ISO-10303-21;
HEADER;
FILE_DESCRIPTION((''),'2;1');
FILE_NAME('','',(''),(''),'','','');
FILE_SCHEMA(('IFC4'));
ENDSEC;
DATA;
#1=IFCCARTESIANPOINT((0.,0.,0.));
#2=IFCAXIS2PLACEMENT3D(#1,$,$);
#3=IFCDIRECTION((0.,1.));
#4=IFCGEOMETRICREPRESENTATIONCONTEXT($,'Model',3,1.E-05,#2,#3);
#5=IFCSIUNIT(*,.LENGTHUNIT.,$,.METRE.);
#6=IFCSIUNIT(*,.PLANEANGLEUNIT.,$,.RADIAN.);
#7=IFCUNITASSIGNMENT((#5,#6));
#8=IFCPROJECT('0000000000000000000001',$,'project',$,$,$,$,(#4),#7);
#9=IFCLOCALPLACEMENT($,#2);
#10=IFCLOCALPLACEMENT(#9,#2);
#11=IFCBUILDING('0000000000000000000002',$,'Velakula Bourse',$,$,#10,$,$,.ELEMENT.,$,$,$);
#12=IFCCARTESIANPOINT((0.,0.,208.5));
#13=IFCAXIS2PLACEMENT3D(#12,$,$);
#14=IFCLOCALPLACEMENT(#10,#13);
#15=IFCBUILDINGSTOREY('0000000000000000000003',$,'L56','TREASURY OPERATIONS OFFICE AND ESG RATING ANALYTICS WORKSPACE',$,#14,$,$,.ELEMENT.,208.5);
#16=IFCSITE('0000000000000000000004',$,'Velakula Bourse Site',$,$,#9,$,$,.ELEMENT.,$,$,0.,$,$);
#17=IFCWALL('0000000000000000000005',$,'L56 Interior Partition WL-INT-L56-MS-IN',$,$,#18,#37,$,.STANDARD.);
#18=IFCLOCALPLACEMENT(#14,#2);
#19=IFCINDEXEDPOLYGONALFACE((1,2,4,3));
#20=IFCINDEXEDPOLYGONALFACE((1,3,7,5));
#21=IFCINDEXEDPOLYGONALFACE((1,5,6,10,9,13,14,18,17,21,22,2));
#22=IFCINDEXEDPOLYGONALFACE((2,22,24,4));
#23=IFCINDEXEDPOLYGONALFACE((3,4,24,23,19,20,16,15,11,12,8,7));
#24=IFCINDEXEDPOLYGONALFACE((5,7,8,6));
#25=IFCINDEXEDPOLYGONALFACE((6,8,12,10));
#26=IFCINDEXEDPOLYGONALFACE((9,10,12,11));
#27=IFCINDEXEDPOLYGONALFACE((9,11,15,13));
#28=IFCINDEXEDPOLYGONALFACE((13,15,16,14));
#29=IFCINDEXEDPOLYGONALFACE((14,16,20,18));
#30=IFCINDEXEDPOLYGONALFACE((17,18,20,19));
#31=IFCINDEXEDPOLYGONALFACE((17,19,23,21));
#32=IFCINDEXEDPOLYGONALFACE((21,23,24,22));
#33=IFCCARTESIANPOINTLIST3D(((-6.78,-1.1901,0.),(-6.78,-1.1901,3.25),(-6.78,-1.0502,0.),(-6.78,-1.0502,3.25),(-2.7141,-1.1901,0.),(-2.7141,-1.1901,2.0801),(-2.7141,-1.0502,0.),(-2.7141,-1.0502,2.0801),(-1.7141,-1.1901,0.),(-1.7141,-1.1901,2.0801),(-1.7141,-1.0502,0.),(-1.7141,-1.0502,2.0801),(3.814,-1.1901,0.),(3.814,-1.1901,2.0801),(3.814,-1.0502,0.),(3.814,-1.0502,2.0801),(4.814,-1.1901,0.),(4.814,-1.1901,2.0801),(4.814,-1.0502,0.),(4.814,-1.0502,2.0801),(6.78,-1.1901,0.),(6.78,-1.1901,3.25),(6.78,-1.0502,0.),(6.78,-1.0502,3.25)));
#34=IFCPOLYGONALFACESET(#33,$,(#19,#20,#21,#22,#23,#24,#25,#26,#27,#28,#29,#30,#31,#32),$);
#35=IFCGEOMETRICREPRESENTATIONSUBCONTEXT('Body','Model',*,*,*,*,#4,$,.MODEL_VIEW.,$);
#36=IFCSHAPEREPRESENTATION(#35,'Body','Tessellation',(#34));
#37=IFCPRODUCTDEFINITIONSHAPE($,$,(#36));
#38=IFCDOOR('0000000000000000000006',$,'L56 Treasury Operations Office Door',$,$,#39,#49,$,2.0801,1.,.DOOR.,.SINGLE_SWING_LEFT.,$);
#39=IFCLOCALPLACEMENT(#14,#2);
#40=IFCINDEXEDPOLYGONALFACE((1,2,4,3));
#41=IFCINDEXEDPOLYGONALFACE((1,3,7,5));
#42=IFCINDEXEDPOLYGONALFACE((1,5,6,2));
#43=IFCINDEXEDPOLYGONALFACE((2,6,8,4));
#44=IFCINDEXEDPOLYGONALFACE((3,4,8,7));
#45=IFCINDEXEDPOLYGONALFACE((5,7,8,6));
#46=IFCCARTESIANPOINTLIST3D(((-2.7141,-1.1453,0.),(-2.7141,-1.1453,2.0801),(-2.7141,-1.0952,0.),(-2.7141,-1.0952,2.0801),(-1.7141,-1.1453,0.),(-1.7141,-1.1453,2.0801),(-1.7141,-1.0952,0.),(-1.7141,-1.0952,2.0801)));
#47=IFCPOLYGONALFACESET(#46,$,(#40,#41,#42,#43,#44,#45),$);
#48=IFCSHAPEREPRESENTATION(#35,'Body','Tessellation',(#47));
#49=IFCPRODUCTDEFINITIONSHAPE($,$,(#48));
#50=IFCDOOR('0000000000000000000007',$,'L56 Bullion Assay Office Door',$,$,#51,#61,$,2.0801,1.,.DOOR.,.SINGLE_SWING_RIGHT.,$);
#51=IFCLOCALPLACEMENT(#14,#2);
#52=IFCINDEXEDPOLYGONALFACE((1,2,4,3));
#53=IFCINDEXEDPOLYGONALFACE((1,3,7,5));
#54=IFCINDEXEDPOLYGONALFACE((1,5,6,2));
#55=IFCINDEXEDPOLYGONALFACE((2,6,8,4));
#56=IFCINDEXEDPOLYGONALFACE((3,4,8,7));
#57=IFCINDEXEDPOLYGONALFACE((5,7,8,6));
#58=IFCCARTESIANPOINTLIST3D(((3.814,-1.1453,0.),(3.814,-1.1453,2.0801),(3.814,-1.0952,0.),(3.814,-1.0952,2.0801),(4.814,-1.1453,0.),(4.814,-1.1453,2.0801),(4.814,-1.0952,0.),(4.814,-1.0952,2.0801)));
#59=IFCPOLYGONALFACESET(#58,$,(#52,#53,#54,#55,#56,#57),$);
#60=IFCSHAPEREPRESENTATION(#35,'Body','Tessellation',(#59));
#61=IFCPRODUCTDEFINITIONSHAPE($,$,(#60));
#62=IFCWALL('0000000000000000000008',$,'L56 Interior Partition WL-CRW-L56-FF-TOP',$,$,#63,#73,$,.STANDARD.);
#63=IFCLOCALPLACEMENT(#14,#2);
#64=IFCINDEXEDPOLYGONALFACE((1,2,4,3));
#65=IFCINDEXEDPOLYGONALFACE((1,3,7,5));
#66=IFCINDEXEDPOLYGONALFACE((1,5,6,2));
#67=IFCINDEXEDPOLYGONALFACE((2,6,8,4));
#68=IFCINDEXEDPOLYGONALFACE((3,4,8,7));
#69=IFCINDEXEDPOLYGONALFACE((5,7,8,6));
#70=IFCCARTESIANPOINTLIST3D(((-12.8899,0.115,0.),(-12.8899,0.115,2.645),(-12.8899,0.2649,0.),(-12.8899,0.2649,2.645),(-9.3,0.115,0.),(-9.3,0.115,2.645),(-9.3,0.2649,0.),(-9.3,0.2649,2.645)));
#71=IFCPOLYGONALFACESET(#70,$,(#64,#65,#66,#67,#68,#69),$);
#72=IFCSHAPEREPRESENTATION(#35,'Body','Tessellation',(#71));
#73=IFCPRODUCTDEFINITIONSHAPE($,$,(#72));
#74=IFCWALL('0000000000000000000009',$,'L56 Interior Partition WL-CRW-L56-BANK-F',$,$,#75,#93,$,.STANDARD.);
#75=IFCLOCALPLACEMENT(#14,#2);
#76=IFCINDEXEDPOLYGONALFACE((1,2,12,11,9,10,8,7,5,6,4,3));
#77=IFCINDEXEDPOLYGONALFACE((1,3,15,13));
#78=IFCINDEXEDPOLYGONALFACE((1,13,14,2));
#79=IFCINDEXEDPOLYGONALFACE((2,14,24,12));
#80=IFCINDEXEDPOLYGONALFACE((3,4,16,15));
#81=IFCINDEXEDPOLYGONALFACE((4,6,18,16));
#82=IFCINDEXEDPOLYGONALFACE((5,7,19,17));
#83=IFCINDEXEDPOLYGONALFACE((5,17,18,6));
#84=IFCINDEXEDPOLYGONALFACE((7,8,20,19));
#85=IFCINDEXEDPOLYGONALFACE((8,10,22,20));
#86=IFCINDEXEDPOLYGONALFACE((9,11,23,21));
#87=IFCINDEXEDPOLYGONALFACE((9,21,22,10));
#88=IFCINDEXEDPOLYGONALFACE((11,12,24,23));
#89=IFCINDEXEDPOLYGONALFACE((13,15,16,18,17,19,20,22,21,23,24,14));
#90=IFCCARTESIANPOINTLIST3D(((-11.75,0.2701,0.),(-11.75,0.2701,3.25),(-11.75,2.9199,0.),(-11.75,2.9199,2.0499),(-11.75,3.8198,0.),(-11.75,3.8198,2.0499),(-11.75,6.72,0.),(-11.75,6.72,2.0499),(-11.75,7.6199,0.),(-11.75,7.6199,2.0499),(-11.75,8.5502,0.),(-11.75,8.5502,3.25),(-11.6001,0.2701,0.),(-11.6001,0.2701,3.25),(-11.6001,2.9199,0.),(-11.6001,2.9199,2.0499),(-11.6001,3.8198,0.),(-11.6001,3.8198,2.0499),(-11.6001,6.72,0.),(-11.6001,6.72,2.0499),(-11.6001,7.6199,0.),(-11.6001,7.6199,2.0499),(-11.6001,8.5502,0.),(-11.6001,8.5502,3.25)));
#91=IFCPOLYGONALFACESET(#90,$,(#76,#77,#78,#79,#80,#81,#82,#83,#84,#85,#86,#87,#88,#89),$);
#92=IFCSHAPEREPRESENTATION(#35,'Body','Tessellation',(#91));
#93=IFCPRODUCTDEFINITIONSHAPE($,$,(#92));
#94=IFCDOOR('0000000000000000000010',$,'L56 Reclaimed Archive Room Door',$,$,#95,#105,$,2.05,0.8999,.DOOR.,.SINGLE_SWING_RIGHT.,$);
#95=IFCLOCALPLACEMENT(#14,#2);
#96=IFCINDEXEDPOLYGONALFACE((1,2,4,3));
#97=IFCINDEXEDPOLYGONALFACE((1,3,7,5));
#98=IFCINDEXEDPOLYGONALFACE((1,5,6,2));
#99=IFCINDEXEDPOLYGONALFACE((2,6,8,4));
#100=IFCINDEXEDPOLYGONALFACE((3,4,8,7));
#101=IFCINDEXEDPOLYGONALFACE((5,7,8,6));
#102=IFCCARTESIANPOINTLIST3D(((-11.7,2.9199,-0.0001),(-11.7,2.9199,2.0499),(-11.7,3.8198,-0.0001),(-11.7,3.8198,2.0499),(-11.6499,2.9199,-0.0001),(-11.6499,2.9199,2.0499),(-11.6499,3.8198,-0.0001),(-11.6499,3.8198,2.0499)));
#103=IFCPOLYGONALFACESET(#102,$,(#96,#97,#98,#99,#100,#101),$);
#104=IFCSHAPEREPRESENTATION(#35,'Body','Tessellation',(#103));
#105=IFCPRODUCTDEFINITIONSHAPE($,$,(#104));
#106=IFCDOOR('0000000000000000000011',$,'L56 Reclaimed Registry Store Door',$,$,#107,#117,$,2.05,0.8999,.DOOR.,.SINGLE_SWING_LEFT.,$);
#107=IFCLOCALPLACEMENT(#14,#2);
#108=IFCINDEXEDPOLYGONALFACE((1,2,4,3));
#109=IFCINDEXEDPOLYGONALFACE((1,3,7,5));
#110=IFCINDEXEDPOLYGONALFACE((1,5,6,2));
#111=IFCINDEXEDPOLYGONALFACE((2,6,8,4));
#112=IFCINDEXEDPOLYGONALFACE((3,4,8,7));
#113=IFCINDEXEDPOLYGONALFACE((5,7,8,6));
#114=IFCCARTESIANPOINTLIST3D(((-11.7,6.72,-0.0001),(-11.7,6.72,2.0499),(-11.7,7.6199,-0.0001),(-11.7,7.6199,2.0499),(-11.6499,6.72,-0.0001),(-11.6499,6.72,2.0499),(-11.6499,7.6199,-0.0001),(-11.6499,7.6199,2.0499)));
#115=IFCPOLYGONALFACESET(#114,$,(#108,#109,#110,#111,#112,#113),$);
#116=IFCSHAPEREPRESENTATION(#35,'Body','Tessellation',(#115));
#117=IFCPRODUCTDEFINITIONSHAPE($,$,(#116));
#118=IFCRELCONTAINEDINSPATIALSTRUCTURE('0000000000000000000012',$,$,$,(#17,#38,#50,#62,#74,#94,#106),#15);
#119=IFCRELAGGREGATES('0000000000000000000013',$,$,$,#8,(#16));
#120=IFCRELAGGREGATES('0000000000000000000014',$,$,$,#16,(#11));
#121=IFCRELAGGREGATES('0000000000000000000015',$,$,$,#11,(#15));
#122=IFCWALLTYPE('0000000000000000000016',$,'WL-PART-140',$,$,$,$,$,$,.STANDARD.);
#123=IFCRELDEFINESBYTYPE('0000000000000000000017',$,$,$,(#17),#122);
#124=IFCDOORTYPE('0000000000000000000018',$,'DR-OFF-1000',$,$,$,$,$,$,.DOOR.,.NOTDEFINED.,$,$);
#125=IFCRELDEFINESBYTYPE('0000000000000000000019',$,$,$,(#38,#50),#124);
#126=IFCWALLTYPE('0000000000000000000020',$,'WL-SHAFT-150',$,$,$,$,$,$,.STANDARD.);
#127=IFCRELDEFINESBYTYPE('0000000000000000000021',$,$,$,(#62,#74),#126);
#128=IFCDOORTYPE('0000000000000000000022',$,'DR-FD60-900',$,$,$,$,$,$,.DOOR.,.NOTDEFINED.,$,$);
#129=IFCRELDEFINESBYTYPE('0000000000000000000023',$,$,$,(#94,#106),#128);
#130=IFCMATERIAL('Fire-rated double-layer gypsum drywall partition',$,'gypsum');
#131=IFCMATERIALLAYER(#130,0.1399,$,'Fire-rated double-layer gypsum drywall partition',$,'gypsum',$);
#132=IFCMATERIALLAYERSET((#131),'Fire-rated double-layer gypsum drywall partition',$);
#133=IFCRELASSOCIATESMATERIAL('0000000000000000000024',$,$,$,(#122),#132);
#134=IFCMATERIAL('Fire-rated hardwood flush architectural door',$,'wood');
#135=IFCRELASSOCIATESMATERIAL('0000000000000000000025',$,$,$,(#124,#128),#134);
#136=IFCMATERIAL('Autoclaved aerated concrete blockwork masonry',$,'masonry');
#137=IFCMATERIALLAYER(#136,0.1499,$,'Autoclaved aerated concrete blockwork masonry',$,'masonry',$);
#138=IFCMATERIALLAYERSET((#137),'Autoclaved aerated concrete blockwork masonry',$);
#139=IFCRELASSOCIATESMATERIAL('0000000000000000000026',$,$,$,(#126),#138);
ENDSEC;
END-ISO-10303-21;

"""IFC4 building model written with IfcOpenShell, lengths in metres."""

from ifc_helpers import new_model, si_unit, direction, frame, frame_2d, origin, place, context, subcontext, project, spatial, rectangle, extrude, material, layer, layer_set, type_object, element, fill, save


model = new_model("IFC4")

# Units and contexts
model_context = context("Model", 3, precision=1e-05, world=origin(), true_north=direction((0.0, 1.0)))
body_context = subcontext(model_context, "Body", "Model", "MODEL_VIEW")
ifc_project = project(units=[si_unit("LENGTHUNIT", "METRE"), si_unit("PLANEANGLEUNIT", "RADIAN")], contexts=[model_context])

# Site, building, storey
site_placement = place(None, origin())
site = spatial("IfcSite", under=ifc_project, at=site_placement, Name="Velakula Bourse Site", CompositionType="ELEMENT", RefElevation=0.0)
building_placement = place(site_placement, origin())
building = spatial("IfcBuilding", under=site, at=building_placement, Name="Velakula Bourse", CompositionType="ELEMENT")
storey_placement = place(building_placement, frame((0.0, 0.0, 208.5)))
storey = spatial("IfcBuildingStorey", under=building, at=storey_placement, Name="L56", Description="TREASURY OPERATIONS OFFICE AND ESG RATING ANALYTICS WORKSPACE", CompositionType="ELEMENT", Elevation=208.5)

# Shared definitions
ifc_material_1 = material(Name="Fire-rated double-layer gypsum drywall partition", Category="gypsum")

# Shared definitions
ifc_layer_1 = layer(ifc_material_1, 0.1399, Name="Fire-rated double-layer gypsum drywall partition", Category="gypsum")
ifc_layer_set_1 = layer_set([ifc_layer_1], Name="Fire-rated double-layer gypsum drywall partition")
wall_type_1 = type_object("IfcWallType", Name="WL-PART-140", PredefinedType="STANDARD", material=ifc_layer_set_1)
ifc_material_2 = material(Name="Fire-rated hardwood flush architectural door", Category="wood")
door_type_1 = type_object("IfcDoorType", Name="DR-OFF-1000", OperationType="NOTDEFINED", PredefinedType="DOOR", material=ifc_material_2)

# Wall, openings, doors
wall_1_placement = place(storey_placement, frame((-6.78, -1.1201, 0.0), z_axis=(0.0, 0.0, 1.0), x_axis=(1.0, 0.0, 0.0)))
wall_1 = element("IfcWall", 1, at=wall_1_placement, inside=storey, type_object=wall_type_1, Name="L56 Interior Partition WL-INT-L56-MS-IN", PredefinedType="STANDARD", context=body_context, shape_type="SweptSolid", body=[
    extrude(rectangle(XDim=13.5601, YDim=0.1399, at=frame_2d((6.78, 0.0))), origin(), (0.0, 0.0, 1.0), 3.25),
])
opening_1_placement = place(wall_1_placement, frame((4.0659, 0.0, 0.0)))
opening_1 = element("IfcOpeningElement", 2, at=opening_1_placement, cuts=wall_1, PredefinedType="OPENING", context=body_context, shape_type="SweptSolid", body=[
    extrude(rectangle(XDim=1.0, YDim=2.0801, at=frame_2d((0.5, 1.04))), frame((0.0, 0.0798, 0.0), z_axis=(0.0, -1.0, 0.0), x_axis=(1.0, 0.0, 0.0)), (0.0, 0.0, 1.0), 0.1599),
])
opening_2_placement = place(wall_1_placement, frame((10.594, 0.0, 0.0)))
opening_2 = element("IfcOpeningElement", 3, at=opening_2_placement, cuts=wall_1, PredefinedType="OPENING", context=body_context, shape_type="SweptSolid", body=[
    extrude(rectangle(XDim=1.0, YDim=2.0801, at=frame_2d((0.5, 1.04))), frame((0.0, 0.0798, 0.0), z_axis=(0.0, -1.0, 0.0), x_axis=(1.0, 0.0, 0.0)), (0.0, 0.0, 1.0), 0.1599),
])
door_1_placement = place(opening_1_placement, origin())
door_1 = element("IfcDoor", 4, at=door_1_placement, inside=storey, type_object=door_type_1, Name="L56 Treasury Operations Office Door", OperationType="SINGLE_SWING_LEFT", OverallHeight=2.0801, OverallWidth=1.0, PredefinedType="DOOR", context=body_context, shape_type="SweptSolid", body=[
    extrude(rectangle(XDim=1.0, YDim=2.0801, at=frame_2d((0.5, 1.04))), frame((0.0, 0.0249, 0.0), z_axis=(0.0, -1.0, 0.0), x_axis=(1.0, 0.0, 0.0)), (0.0, 0.0, 1.0), 0.05),
])
fill(opening_1, door_1)
door_2_placement = place(opening_2_placement, origin())
door_2 = element("IfcDoor", 5, at=door_2_placement, inside=storey, type_object=door_type_1, Name="L56 Bullion Assay Office Door", OperationType="SINGLE_SWING_RIGHT", OverallHeight=2.0801, OverallWidth=1.0, PredefinedType="DOOR", context=body_context, shape_type="SweptSolid", body=[
    extrude(rectangle(XDim=1.0, YDim=2.0801, at=frame_2d((0.5, 1.04))), frame((0.0, 0.0249, 0.0), z_axis=(0.0, -1.0, 0.0), x_axis=(1.0, 0.0, 0.0)), (0.0, 0.0, 1.0), 0.05),
])
fill(opening_2, door_2)

# Wall
ifc_material_3 = material(Name="Autoclaved aerated concrete blockwork masonry", Category="masonry")
ifc_layer_2 = layer(ifc_material_3, 0.1499, Name="Autoclaved aerated concrete blockwork masonry", Category="masonry")
ifc_layer_set_2 = layer_set([ifc_layer_2], Name="Autoclaved aerated concrete blockwork masonry")
wall_type_2 = type_object("IfcWallType", Name="WL-SHAFT-150", PredefinedType="STANDARD", material=ifc_layer_set_2)
wall_2_placement = place(storey_placement, frame((-12.8899, 0.1899, 0.0), z_axis=(0.0, 0.0, 1.0), x_axis=(1.0, 0.0, 0.0)))
element("IfcWall", 6, at=wall_2_placement, inside=storey, type_object=wall_type_2, Name="L56 Interior Partition WL-CRW-L56-FF-TOP", PredefinedType="STANDARD", context=body_context, shape_type="SweptSolid", body=[
    extrude(rectangle(XDim=3.5898, YDim=0.1499, at=frame_2d((1.7949, 0.0))), origin(), (0.0, 0.0, 1.0), 2.645),
])

# Wall, openings, doors
wall_3_placement = place(storey_placement, frame((-11.675, 0.27, 0.0), z_axis=(0.0, 0.0, 1.0), x_axis=(0.0, 1.0, 0.0)))
wall_3 = element("IfcWall", 7, at=wall_3_placement, inside=storey, type_object=wall_type_2, Name="L56 Interior Partition WL-CRW-L56-BANK-F", PredefinedType="STANDARD", context=body_context, shape_type="SweptSolid", body=[
    extrude(rectangle(XDim=8.28, YDim=0.1499, at=frame_2d((4.1401, 0.0))), origin(), (0.0, 0.0, 1.0), 3.25),
])
opening_3_placement = place(wall_3_placement, frame((2.6499, 0.0, 0.0)))
opening_3 = element("IfcOpeningElement", 8, at=opening_3_placement, cuts=wall_3, PredefinedType="OPENING", context=body_context, shape_type="SweptSolid", body=[
    extrude(rectangle(XDim=0.8999, YDim=2.05, at=frame_2d((0.45, 1.0249))), frame((0.0, 0.085, 0.0), z_axis=(0.0, -1.0, 0.0), x_axis=(1.0, 0.0, 0.0)), (0.0, 0.0, 1.0), 0.1699),
])
opening_4_placement = place(wall_3_placement, frame((6.45, 0.0, 0.0)))
opening_4 = element("IfcOpeningElement", 9, at=opening_4_placement, cuts=wall_3, PredefinedType="OPENING", context=body_context, shape_type="SweptSolid", body=[
    extrude(rectangle(XDim=0.8999, YDim=2.05, at=frame_2d((0.45, 1.0249))), frame((0.0, 0.085, 0.0), z_axis=(0.0, -1.0, 0.0), x_axis=(1.0, 0.0, 0.0)), (0.0, 0.0, 1.0), 0.1699),
])
door_type_2 = type_object("IfcDoorType", Name="DR-FD60-900", OperationType="NOTDEFINED", PredefinedType="DOOR", material=ifc_material_2)
door_3_placement = place(opening_3_placement, origin())
door_3 = element("IfcDoor", 10, at=door_3_placement, inside=storey, type_object=door_type_2, Name="L56 Reclaimed Archive Room Door", OperationType="SINGLE_SWING_RIGHT", OverallHeight=2.05, OverallWidth=0.8999, PredefinedType="DOOR", context=body_context, shape_type="SweptSolid", body=[
    extrude(rectangle(XDim=0.8999, YDim=2.05, at=frame_2d((0.45, 1.0249))), frame((0.0, 0.0249, 0.0), z_axis=(0.0, -1.0, 0.0), x_axis=(1.0, 0.0, 0.0)), (0.0, 0.0, 1.0), 0.05),
])
fill(opening_3, door_3)
door_4_placement = place(opening_4_placement, origin())
door_4 = element("IfcDoor", 11, at=door_4_placement, inside=storey, type_object=door_type_2, Name="L56 Reclaimed Registry Store Door", OperationType="SINGLE_SWING_LEFT", OverallHeight=2.05, OverallWidth=0.8999, PredefinedType="DOOR", context=body_context, shape_type="SweptSolid", body=[
    extrude(rectangle(XDim=0.8999, YDim=2.05, at=frame_2d((0.45, 1.0249))), frame((0.0, 0.0249, 0.0), z_axis=(0.0, -1.0, 0.0), x_axis=(1.0, 0.0, 0.0)), (0.0, 0.0, 1.0), 0.05),
])
fill(opening_4, door_4)

save(model, "model.ifc")
